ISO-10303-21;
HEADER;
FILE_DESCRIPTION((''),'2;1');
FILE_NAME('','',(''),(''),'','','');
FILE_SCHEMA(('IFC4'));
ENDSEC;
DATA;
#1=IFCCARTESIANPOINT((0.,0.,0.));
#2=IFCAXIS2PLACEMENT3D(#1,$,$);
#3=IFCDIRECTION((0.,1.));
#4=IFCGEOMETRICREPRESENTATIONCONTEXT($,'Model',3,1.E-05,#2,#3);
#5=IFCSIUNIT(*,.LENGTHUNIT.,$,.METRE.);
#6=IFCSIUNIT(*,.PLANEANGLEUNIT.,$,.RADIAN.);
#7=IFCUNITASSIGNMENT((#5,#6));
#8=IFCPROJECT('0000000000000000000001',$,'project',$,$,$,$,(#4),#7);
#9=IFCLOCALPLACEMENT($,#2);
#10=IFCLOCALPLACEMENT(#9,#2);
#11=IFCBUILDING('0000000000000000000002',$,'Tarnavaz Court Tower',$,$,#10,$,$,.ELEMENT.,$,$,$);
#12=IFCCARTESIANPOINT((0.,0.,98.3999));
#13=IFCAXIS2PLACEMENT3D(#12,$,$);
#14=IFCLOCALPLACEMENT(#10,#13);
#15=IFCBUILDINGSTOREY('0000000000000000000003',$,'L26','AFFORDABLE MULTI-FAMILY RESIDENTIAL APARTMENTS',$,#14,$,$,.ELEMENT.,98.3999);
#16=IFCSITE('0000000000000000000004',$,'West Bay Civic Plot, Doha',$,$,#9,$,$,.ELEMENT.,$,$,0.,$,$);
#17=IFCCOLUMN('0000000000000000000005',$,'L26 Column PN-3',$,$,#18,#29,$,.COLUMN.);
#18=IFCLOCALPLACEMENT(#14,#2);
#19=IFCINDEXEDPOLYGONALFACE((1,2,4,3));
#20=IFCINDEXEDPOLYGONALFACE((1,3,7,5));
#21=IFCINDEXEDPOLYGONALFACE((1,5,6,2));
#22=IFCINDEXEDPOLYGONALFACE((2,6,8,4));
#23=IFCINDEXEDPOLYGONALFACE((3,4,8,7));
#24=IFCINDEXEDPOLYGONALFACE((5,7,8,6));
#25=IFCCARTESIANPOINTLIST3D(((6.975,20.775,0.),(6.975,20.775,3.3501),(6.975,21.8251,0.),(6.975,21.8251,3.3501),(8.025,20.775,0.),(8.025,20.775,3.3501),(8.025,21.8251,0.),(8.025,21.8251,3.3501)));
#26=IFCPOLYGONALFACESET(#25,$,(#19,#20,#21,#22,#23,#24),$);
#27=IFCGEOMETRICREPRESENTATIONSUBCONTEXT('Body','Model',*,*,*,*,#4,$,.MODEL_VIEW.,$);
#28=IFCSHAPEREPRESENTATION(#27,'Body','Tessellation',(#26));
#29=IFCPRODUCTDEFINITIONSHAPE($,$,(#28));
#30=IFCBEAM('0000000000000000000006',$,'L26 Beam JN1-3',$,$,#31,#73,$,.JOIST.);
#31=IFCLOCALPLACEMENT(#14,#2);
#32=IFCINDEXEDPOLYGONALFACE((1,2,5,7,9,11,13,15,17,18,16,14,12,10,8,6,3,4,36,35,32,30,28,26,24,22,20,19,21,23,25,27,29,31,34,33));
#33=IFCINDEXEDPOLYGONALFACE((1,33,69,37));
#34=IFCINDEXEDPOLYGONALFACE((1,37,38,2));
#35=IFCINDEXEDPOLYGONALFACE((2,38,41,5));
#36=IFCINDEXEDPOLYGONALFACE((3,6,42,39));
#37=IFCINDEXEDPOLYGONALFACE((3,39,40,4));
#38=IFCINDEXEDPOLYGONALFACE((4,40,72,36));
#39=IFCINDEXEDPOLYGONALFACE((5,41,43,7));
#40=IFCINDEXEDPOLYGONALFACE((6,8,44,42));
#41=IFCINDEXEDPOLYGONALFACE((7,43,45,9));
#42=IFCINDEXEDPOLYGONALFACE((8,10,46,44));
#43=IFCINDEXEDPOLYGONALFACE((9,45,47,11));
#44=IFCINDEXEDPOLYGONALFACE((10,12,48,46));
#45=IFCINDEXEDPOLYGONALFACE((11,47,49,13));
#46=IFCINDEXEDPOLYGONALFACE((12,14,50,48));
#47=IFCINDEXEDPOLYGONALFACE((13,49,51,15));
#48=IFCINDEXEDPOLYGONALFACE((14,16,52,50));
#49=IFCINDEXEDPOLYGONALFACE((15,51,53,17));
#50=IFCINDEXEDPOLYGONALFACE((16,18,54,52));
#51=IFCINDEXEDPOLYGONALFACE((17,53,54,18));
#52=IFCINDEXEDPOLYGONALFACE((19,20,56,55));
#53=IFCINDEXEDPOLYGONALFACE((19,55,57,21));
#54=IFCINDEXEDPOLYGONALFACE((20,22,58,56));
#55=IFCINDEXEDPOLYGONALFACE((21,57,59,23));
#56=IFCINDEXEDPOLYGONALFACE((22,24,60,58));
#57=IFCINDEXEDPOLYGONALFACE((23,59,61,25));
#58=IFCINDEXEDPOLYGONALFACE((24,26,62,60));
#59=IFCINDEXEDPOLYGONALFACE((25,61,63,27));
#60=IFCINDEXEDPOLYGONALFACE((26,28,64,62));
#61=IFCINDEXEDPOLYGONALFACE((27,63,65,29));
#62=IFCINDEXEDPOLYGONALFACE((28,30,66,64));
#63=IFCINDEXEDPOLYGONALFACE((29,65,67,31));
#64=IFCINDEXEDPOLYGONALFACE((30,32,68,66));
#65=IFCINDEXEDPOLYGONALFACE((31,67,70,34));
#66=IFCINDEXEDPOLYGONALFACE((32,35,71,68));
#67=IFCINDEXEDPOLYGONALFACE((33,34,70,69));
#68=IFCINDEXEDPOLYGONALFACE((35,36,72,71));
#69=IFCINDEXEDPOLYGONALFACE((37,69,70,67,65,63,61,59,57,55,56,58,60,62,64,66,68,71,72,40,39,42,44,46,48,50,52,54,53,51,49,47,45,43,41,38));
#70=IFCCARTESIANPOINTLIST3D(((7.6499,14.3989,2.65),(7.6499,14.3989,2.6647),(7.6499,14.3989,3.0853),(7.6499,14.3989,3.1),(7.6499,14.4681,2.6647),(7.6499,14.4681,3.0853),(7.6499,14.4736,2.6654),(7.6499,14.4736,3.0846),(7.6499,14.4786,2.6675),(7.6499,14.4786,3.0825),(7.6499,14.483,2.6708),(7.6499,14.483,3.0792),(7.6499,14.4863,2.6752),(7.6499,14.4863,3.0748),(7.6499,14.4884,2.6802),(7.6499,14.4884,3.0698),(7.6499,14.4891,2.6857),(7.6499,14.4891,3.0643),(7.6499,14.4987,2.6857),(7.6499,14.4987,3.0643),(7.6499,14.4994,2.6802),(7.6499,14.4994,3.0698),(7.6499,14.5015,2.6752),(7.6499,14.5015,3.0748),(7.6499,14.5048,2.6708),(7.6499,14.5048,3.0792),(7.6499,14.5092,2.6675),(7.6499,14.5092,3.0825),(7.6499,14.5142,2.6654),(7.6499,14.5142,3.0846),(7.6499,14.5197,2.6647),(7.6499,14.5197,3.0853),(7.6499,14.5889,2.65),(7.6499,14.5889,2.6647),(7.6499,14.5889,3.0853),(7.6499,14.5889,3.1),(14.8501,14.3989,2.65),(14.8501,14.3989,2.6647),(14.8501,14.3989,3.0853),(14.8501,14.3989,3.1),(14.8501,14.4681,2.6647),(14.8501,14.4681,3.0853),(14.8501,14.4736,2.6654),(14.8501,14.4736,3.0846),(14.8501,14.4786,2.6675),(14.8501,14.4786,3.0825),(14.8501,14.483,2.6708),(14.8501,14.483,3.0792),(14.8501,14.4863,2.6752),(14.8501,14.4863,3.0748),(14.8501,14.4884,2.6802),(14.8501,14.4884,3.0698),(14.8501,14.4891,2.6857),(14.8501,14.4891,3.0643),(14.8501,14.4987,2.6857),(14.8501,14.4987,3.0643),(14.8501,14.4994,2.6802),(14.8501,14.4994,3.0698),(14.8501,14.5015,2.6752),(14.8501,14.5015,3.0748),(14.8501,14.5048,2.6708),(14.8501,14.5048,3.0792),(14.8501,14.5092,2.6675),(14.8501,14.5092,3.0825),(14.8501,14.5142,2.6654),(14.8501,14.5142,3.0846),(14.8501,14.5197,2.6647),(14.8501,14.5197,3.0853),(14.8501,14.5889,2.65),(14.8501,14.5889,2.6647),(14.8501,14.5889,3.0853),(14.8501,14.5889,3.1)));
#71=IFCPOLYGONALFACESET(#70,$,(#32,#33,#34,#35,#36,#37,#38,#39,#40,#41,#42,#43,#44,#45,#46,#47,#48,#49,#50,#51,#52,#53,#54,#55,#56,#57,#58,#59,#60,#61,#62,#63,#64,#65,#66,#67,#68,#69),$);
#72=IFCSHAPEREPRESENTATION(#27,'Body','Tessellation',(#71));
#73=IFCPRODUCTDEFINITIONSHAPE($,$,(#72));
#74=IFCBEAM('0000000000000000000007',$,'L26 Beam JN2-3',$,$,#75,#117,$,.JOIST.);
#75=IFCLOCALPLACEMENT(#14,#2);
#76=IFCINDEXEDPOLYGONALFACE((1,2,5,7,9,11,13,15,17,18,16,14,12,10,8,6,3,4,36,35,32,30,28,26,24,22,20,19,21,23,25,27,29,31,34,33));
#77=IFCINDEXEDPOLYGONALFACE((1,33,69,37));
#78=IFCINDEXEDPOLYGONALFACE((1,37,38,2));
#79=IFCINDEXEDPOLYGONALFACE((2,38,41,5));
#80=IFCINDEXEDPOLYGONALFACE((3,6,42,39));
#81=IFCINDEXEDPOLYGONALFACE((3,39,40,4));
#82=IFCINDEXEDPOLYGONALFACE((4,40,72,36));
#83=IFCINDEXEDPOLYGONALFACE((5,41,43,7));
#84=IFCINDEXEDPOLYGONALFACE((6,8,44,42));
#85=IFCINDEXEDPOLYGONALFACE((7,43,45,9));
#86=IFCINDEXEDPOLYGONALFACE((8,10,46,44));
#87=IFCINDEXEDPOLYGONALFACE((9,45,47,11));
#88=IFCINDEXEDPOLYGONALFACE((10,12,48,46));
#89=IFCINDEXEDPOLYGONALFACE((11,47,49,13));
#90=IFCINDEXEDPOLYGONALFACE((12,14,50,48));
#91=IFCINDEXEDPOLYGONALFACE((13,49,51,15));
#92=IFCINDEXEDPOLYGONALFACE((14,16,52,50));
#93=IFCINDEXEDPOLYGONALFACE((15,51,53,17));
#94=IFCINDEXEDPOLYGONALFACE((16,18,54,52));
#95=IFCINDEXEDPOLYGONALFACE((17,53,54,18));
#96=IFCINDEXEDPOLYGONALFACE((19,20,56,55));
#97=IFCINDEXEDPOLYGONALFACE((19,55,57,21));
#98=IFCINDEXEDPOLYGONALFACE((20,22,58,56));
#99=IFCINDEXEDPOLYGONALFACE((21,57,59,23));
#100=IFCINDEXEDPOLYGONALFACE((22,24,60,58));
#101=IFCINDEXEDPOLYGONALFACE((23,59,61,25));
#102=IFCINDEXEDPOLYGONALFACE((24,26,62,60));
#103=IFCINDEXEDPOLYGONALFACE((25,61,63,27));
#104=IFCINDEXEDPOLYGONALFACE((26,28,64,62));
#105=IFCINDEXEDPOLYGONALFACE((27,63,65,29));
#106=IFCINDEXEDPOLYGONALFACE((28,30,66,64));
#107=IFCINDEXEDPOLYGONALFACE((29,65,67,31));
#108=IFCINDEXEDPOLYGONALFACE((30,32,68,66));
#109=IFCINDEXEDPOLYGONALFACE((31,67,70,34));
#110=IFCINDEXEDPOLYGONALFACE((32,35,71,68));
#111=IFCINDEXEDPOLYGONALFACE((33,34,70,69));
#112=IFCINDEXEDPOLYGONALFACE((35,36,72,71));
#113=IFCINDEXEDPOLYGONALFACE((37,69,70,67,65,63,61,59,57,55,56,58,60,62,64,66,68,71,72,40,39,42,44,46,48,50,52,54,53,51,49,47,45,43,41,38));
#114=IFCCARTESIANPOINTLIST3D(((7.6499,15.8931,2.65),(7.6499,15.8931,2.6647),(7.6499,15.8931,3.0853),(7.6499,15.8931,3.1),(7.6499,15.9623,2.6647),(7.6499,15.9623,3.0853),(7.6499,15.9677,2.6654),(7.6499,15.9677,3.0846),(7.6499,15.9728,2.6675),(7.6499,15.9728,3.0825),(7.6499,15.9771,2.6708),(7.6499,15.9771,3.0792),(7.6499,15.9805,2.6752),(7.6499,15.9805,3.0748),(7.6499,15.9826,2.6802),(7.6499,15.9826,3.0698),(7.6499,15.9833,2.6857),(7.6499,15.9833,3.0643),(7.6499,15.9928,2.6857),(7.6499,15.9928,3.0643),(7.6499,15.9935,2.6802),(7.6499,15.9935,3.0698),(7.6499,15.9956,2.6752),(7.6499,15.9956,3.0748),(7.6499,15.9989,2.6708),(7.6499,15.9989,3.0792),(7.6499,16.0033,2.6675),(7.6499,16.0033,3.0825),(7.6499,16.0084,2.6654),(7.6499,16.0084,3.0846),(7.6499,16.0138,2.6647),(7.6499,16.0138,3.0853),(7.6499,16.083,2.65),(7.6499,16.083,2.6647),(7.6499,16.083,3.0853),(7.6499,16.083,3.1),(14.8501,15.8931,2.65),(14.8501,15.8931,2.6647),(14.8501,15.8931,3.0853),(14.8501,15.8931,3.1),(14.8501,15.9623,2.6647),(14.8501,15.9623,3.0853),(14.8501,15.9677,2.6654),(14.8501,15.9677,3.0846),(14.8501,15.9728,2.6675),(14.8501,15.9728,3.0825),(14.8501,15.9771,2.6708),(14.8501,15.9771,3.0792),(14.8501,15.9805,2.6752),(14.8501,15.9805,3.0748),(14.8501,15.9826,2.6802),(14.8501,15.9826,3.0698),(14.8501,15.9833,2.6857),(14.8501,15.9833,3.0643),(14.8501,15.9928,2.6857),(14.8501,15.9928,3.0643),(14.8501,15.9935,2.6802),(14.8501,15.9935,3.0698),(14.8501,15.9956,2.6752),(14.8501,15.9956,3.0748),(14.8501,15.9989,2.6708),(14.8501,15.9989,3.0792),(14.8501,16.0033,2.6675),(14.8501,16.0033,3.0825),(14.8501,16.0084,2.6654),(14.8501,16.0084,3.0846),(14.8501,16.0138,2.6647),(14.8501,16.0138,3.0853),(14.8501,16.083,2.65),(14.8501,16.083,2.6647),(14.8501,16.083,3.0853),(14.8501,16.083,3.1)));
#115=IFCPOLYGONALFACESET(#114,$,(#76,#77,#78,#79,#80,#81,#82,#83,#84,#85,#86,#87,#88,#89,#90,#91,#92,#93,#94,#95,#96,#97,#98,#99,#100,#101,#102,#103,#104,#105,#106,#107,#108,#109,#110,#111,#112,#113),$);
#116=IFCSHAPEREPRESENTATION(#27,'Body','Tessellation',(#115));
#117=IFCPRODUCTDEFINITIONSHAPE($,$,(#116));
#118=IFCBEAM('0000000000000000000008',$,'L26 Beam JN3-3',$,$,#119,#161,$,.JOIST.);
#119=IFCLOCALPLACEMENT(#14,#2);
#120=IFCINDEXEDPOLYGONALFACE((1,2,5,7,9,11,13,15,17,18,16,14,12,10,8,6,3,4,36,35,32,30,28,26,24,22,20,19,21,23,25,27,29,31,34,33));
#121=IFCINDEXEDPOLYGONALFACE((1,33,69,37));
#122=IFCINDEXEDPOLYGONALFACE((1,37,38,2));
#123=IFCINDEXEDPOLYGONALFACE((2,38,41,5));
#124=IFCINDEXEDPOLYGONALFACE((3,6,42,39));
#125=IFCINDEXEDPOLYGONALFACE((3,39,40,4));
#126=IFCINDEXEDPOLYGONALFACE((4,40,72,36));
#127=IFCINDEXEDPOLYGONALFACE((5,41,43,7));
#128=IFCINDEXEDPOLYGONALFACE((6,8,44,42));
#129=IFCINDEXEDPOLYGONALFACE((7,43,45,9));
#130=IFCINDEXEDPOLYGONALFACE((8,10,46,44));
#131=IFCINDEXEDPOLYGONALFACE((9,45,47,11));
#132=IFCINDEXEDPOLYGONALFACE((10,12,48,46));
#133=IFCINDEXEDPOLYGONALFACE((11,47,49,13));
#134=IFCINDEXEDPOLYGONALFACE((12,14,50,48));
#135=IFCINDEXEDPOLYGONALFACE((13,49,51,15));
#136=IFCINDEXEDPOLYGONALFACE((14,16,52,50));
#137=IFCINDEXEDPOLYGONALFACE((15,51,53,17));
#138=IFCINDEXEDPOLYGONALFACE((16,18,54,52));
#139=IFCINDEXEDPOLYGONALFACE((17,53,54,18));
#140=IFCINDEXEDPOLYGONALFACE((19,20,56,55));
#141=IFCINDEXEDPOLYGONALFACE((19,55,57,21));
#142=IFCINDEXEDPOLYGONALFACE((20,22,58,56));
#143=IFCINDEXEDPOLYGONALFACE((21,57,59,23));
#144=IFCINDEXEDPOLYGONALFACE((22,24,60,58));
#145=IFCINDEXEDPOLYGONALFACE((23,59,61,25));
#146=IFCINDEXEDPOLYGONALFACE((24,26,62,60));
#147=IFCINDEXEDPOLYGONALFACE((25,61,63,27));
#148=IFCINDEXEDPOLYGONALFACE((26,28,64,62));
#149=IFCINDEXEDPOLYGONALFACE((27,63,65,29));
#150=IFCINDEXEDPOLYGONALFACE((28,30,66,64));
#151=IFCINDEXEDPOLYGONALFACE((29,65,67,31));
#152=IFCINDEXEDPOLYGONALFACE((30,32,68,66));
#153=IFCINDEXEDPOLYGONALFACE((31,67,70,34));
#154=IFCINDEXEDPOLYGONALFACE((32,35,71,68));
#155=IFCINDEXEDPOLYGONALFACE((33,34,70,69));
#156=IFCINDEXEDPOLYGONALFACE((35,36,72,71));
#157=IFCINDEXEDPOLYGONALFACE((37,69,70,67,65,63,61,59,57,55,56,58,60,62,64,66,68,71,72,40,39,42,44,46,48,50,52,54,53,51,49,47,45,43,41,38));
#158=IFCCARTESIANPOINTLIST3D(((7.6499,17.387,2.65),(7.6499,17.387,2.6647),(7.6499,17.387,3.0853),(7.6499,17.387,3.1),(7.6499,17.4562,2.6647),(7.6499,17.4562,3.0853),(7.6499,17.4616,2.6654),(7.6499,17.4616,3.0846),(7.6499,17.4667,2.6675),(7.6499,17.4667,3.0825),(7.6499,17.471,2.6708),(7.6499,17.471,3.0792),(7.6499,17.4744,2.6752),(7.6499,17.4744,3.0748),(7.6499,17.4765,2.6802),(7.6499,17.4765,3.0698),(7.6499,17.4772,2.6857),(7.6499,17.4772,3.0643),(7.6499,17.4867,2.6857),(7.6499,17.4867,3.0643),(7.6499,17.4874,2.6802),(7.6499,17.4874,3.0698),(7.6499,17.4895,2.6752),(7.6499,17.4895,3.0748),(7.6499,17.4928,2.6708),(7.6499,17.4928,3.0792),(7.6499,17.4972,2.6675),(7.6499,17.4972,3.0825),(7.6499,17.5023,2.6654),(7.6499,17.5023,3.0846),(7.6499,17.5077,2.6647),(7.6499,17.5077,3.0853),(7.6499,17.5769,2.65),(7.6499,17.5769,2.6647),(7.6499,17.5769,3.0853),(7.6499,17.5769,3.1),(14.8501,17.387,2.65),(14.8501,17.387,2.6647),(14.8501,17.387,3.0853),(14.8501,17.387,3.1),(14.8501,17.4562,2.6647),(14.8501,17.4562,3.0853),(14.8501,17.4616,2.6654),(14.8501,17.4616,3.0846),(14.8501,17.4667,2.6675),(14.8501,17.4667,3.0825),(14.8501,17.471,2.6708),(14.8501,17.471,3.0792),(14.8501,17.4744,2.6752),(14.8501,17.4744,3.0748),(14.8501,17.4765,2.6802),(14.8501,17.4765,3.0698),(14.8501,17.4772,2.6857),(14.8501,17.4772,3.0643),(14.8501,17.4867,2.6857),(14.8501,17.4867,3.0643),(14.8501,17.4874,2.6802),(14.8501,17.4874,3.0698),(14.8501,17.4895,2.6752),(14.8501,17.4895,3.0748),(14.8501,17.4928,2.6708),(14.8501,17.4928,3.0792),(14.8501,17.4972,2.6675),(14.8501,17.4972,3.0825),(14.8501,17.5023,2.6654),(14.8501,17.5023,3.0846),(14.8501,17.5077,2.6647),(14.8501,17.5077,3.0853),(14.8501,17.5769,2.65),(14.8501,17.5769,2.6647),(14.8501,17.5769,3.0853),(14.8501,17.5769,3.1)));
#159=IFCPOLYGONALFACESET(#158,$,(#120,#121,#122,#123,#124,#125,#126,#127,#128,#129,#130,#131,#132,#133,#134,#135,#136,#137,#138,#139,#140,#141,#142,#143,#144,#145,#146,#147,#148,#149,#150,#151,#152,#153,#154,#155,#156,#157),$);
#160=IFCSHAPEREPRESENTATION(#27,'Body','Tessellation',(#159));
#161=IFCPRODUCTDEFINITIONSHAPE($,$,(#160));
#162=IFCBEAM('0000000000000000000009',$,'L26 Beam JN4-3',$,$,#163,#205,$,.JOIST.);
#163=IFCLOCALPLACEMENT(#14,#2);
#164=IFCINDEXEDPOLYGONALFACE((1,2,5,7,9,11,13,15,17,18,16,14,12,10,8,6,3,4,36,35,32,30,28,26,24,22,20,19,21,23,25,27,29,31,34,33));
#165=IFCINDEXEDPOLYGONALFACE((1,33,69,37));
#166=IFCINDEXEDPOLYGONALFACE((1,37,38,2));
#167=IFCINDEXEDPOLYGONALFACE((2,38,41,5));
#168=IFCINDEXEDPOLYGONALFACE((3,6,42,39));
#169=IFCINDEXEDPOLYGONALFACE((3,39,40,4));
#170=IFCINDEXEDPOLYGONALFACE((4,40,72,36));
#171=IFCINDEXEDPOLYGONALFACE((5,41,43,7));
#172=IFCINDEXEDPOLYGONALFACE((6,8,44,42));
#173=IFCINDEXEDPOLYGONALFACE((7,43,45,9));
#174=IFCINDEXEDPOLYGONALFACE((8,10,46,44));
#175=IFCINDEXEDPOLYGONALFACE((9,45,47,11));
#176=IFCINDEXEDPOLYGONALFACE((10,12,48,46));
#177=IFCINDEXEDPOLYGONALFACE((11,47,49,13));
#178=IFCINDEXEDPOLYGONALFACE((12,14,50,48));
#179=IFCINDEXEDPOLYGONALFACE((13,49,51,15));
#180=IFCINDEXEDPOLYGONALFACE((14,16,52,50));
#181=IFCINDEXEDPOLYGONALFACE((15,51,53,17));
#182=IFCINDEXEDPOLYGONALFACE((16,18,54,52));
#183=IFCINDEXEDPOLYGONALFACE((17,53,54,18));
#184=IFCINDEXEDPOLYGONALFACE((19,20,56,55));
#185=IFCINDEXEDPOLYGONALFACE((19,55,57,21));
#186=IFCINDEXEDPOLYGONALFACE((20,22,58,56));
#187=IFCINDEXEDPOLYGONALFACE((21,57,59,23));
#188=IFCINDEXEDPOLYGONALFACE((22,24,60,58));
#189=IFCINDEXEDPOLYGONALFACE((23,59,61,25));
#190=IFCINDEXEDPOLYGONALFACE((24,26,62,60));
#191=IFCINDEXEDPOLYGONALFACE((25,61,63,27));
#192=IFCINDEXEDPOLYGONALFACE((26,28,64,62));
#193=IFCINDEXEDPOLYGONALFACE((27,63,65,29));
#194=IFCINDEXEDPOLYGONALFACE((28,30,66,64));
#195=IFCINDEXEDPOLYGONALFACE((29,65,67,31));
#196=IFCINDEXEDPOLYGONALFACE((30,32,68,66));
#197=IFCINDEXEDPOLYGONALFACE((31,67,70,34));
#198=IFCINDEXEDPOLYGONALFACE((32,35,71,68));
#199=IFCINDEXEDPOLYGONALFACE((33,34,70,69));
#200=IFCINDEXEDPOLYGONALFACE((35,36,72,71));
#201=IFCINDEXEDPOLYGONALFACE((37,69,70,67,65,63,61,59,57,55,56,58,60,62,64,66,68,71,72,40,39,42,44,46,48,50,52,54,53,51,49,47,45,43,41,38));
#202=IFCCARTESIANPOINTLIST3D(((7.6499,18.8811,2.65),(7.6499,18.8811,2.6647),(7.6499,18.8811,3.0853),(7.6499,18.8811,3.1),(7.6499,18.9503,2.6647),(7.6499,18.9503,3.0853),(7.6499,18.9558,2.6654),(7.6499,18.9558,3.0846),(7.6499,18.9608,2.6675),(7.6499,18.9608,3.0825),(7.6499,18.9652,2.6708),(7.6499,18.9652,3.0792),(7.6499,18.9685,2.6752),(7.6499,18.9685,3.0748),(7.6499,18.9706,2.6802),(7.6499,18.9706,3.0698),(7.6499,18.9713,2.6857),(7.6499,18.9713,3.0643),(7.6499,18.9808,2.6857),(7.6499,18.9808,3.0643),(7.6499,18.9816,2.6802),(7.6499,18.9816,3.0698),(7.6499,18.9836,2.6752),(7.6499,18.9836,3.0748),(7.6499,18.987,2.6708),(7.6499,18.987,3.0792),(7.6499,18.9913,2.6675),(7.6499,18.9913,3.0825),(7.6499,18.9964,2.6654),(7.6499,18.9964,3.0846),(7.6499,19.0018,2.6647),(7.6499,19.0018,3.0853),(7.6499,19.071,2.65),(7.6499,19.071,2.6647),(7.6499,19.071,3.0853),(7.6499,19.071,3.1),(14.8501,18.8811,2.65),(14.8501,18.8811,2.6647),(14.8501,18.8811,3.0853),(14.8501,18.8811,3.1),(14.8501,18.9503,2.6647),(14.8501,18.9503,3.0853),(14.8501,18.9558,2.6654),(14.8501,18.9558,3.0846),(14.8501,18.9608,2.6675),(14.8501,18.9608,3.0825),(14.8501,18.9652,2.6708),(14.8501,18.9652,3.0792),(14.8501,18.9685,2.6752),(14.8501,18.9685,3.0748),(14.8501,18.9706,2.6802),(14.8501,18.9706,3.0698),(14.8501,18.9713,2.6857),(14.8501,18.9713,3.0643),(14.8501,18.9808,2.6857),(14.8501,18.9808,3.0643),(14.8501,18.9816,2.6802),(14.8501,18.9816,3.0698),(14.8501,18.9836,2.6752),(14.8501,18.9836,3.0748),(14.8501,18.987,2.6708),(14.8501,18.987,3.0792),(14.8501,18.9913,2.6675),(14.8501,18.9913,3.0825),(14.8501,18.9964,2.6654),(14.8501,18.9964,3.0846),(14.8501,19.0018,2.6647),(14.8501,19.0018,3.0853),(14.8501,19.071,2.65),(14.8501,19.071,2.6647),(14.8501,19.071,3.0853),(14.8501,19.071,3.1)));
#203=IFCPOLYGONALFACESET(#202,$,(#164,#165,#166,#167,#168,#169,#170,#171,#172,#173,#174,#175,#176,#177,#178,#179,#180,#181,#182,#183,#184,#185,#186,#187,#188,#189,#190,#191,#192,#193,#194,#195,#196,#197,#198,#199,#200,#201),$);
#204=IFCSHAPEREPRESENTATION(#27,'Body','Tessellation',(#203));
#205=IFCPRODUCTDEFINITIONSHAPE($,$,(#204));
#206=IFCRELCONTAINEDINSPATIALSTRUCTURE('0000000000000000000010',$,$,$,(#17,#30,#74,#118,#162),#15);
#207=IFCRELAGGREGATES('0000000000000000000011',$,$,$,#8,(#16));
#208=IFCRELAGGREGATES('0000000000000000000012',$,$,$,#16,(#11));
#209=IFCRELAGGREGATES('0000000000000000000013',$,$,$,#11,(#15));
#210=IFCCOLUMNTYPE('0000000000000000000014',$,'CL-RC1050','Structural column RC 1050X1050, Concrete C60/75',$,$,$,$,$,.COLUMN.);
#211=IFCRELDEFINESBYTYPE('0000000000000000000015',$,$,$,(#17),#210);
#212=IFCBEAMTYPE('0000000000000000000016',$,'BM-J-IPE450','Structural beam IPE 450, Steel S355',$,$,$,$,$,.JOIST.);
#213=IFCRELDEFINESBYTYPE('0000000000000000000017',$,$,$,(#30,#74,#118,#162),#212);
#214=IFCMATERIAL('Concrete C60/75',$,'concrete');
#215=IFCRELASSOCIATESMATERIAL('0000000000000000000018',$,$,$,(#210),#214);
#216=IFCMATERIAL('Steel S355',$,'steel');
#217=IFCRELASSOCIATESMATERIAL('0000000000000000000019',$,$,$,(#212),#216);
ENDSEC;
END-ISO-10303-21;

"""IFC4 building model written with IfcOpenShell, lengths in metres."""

from ifc_helpers import new_model, si_unit, direction, frame, origin, origin_2d, place, context, subcontext, project, spatial, rectangle, i_section, extrude, material, material_profile, profile_set, type_object, element, save


model = new_model("IFC4")

# Units and contexts
model_context = context("Model", 3, precision=1e-05, world=origin(), true_north=direction((0.0, 1.0)))
body_context = subcontext(model_context, "Body", "Model", "MODEL_VIEW")
ifc_project = project(units=[si_unit("LENGTHUNIT", "METRE"), si_unit("PLANEANGLEUNIT", "RADIAN")], contexts=[model_context])

# Site, building, storey
site_placement = place(None, origin())
site = spatial("IfcSite", under=ifc_project, at=site_placement, Name="West Bay Civic Plot, Doha", CompositionType="ELEMENT", RefElevation=0.0)
building_placement = place(site_placement, origin())
building = spatial("IfcBuilding", under=site, at=building_placement, Name="Tarnavaz Court Tower", CompositionType="ELEMENT")
storey_placement = place(building_placement, frame((0.0, 0.0, 98.3999)))
storey = spatial("IfcBuildingStorey", under=building, at=storey_placement, Name="L26", Description="AFFORDABLE MULTI-FAMILY RESIDENTIAL APARTMENTS", CompositionType="ELEMENT", Elevation=98.3999)

# Column
ifc_material_1 = material(Name="Concrete C60/75", Category="concrete")
ifc_material_profile_1 = material_profile(ifc_material_1, rectangle(XDim=1.05, YDim=1.05, at=origin_2d()), Name="RC 1050X1050")
ifc_profile_set_1 = profile_set([ifc_material_profile_1], Name="Concrete C60/75")
column_type = type_object("IfcColumnType", Name="CL-RC1050", Description="Structural column RC 1050X1050, Concrete C60/75", PredefinedType="COLUMN", material=ifc_profile_set_1)
column_placement = place(storey_placement, frame((7.5, 21.3, 0.0), z_axis=(0.0, 0.0, 1.0), x_axis=(1.0, 0.0, 0.0)))
element("IfcColumn", 1, at=column_placement, inside=storey, type_object=column_type, Name="L26 Column PN-3", PredefinedType="COLUMN", context=body_context, shape_type="SweptSolid", body=[
    extrude(rectangle(XDim=1.05, YDim=1.05, at=origin_2d()), origin(), (0.0, 0.0, 1.0), 3.3501),
])

# Beams
ifc_material_2 = material(Name="Steel S355", Category="steel")
ifc_material_profile_2 = material_profile(ifc_material_2, i_section(OverallWidth=0.1899, OverallDepth=0.45, WebThickness=0.0095, FlangeThickness=0.0146, FilletRadius=0.021, at=origin_2d()), Name="IPE 450")
ifc_profile_set_2 = profile_set([ifc_material_profile_2], Name="Steel S355")
beam_type_1 = type_object("IfcBeamType", Name="BM-J-IPE450", Description="Structural beam IPE 450, Steel S355", PredefinedType="JOIST", material=ifc_profile_set_2)
for number, where, z_axis, x_axis, name in (
    (2, (7.6499, 14.4939, 2.875), (1.0, 0.0, 0.0), (0.0, 1.0, 0.0), "L26 Beam JN1-3"),
    (3, (7.6499, 15.988, 2.875), (1.0, 0.0, 0.0), (0.0, 1.0, 0.0), "L26 Beam JN2-3"),
    (4, (7.6499, 17.4819, 2.875), (1.0, 0.0, 0.0), (0.0, 1.0, 0.0), "L26 Beam JN3-3"),
    (5, (7.6499, 18.9761, 2.875), (1.0, 0.0, 0.0), (0.0, 1.0, 0.0), "L26 Beam JN4-3"),
):
    element("IfcBeam", number, at=place(storey_placement, frame(where, z_axis=z_axis, x_axis=x_axis)), inside=storey, type_object=beam_type_1, Name=name, PredefinedType="JOIST", context=body_context, shape_type="SweptSolid", body=[
        extrude(i_section(OverallWidth=0.1899, OverallDepth=0.45, WebThickness=0.0095, FlangeThickness=0.0146, FilletRadius=0.021, at=origin_2d()), origin(), (0.0, 0.0, 1.0), 7.2002),
    ])

save(model, "model.ifc")
